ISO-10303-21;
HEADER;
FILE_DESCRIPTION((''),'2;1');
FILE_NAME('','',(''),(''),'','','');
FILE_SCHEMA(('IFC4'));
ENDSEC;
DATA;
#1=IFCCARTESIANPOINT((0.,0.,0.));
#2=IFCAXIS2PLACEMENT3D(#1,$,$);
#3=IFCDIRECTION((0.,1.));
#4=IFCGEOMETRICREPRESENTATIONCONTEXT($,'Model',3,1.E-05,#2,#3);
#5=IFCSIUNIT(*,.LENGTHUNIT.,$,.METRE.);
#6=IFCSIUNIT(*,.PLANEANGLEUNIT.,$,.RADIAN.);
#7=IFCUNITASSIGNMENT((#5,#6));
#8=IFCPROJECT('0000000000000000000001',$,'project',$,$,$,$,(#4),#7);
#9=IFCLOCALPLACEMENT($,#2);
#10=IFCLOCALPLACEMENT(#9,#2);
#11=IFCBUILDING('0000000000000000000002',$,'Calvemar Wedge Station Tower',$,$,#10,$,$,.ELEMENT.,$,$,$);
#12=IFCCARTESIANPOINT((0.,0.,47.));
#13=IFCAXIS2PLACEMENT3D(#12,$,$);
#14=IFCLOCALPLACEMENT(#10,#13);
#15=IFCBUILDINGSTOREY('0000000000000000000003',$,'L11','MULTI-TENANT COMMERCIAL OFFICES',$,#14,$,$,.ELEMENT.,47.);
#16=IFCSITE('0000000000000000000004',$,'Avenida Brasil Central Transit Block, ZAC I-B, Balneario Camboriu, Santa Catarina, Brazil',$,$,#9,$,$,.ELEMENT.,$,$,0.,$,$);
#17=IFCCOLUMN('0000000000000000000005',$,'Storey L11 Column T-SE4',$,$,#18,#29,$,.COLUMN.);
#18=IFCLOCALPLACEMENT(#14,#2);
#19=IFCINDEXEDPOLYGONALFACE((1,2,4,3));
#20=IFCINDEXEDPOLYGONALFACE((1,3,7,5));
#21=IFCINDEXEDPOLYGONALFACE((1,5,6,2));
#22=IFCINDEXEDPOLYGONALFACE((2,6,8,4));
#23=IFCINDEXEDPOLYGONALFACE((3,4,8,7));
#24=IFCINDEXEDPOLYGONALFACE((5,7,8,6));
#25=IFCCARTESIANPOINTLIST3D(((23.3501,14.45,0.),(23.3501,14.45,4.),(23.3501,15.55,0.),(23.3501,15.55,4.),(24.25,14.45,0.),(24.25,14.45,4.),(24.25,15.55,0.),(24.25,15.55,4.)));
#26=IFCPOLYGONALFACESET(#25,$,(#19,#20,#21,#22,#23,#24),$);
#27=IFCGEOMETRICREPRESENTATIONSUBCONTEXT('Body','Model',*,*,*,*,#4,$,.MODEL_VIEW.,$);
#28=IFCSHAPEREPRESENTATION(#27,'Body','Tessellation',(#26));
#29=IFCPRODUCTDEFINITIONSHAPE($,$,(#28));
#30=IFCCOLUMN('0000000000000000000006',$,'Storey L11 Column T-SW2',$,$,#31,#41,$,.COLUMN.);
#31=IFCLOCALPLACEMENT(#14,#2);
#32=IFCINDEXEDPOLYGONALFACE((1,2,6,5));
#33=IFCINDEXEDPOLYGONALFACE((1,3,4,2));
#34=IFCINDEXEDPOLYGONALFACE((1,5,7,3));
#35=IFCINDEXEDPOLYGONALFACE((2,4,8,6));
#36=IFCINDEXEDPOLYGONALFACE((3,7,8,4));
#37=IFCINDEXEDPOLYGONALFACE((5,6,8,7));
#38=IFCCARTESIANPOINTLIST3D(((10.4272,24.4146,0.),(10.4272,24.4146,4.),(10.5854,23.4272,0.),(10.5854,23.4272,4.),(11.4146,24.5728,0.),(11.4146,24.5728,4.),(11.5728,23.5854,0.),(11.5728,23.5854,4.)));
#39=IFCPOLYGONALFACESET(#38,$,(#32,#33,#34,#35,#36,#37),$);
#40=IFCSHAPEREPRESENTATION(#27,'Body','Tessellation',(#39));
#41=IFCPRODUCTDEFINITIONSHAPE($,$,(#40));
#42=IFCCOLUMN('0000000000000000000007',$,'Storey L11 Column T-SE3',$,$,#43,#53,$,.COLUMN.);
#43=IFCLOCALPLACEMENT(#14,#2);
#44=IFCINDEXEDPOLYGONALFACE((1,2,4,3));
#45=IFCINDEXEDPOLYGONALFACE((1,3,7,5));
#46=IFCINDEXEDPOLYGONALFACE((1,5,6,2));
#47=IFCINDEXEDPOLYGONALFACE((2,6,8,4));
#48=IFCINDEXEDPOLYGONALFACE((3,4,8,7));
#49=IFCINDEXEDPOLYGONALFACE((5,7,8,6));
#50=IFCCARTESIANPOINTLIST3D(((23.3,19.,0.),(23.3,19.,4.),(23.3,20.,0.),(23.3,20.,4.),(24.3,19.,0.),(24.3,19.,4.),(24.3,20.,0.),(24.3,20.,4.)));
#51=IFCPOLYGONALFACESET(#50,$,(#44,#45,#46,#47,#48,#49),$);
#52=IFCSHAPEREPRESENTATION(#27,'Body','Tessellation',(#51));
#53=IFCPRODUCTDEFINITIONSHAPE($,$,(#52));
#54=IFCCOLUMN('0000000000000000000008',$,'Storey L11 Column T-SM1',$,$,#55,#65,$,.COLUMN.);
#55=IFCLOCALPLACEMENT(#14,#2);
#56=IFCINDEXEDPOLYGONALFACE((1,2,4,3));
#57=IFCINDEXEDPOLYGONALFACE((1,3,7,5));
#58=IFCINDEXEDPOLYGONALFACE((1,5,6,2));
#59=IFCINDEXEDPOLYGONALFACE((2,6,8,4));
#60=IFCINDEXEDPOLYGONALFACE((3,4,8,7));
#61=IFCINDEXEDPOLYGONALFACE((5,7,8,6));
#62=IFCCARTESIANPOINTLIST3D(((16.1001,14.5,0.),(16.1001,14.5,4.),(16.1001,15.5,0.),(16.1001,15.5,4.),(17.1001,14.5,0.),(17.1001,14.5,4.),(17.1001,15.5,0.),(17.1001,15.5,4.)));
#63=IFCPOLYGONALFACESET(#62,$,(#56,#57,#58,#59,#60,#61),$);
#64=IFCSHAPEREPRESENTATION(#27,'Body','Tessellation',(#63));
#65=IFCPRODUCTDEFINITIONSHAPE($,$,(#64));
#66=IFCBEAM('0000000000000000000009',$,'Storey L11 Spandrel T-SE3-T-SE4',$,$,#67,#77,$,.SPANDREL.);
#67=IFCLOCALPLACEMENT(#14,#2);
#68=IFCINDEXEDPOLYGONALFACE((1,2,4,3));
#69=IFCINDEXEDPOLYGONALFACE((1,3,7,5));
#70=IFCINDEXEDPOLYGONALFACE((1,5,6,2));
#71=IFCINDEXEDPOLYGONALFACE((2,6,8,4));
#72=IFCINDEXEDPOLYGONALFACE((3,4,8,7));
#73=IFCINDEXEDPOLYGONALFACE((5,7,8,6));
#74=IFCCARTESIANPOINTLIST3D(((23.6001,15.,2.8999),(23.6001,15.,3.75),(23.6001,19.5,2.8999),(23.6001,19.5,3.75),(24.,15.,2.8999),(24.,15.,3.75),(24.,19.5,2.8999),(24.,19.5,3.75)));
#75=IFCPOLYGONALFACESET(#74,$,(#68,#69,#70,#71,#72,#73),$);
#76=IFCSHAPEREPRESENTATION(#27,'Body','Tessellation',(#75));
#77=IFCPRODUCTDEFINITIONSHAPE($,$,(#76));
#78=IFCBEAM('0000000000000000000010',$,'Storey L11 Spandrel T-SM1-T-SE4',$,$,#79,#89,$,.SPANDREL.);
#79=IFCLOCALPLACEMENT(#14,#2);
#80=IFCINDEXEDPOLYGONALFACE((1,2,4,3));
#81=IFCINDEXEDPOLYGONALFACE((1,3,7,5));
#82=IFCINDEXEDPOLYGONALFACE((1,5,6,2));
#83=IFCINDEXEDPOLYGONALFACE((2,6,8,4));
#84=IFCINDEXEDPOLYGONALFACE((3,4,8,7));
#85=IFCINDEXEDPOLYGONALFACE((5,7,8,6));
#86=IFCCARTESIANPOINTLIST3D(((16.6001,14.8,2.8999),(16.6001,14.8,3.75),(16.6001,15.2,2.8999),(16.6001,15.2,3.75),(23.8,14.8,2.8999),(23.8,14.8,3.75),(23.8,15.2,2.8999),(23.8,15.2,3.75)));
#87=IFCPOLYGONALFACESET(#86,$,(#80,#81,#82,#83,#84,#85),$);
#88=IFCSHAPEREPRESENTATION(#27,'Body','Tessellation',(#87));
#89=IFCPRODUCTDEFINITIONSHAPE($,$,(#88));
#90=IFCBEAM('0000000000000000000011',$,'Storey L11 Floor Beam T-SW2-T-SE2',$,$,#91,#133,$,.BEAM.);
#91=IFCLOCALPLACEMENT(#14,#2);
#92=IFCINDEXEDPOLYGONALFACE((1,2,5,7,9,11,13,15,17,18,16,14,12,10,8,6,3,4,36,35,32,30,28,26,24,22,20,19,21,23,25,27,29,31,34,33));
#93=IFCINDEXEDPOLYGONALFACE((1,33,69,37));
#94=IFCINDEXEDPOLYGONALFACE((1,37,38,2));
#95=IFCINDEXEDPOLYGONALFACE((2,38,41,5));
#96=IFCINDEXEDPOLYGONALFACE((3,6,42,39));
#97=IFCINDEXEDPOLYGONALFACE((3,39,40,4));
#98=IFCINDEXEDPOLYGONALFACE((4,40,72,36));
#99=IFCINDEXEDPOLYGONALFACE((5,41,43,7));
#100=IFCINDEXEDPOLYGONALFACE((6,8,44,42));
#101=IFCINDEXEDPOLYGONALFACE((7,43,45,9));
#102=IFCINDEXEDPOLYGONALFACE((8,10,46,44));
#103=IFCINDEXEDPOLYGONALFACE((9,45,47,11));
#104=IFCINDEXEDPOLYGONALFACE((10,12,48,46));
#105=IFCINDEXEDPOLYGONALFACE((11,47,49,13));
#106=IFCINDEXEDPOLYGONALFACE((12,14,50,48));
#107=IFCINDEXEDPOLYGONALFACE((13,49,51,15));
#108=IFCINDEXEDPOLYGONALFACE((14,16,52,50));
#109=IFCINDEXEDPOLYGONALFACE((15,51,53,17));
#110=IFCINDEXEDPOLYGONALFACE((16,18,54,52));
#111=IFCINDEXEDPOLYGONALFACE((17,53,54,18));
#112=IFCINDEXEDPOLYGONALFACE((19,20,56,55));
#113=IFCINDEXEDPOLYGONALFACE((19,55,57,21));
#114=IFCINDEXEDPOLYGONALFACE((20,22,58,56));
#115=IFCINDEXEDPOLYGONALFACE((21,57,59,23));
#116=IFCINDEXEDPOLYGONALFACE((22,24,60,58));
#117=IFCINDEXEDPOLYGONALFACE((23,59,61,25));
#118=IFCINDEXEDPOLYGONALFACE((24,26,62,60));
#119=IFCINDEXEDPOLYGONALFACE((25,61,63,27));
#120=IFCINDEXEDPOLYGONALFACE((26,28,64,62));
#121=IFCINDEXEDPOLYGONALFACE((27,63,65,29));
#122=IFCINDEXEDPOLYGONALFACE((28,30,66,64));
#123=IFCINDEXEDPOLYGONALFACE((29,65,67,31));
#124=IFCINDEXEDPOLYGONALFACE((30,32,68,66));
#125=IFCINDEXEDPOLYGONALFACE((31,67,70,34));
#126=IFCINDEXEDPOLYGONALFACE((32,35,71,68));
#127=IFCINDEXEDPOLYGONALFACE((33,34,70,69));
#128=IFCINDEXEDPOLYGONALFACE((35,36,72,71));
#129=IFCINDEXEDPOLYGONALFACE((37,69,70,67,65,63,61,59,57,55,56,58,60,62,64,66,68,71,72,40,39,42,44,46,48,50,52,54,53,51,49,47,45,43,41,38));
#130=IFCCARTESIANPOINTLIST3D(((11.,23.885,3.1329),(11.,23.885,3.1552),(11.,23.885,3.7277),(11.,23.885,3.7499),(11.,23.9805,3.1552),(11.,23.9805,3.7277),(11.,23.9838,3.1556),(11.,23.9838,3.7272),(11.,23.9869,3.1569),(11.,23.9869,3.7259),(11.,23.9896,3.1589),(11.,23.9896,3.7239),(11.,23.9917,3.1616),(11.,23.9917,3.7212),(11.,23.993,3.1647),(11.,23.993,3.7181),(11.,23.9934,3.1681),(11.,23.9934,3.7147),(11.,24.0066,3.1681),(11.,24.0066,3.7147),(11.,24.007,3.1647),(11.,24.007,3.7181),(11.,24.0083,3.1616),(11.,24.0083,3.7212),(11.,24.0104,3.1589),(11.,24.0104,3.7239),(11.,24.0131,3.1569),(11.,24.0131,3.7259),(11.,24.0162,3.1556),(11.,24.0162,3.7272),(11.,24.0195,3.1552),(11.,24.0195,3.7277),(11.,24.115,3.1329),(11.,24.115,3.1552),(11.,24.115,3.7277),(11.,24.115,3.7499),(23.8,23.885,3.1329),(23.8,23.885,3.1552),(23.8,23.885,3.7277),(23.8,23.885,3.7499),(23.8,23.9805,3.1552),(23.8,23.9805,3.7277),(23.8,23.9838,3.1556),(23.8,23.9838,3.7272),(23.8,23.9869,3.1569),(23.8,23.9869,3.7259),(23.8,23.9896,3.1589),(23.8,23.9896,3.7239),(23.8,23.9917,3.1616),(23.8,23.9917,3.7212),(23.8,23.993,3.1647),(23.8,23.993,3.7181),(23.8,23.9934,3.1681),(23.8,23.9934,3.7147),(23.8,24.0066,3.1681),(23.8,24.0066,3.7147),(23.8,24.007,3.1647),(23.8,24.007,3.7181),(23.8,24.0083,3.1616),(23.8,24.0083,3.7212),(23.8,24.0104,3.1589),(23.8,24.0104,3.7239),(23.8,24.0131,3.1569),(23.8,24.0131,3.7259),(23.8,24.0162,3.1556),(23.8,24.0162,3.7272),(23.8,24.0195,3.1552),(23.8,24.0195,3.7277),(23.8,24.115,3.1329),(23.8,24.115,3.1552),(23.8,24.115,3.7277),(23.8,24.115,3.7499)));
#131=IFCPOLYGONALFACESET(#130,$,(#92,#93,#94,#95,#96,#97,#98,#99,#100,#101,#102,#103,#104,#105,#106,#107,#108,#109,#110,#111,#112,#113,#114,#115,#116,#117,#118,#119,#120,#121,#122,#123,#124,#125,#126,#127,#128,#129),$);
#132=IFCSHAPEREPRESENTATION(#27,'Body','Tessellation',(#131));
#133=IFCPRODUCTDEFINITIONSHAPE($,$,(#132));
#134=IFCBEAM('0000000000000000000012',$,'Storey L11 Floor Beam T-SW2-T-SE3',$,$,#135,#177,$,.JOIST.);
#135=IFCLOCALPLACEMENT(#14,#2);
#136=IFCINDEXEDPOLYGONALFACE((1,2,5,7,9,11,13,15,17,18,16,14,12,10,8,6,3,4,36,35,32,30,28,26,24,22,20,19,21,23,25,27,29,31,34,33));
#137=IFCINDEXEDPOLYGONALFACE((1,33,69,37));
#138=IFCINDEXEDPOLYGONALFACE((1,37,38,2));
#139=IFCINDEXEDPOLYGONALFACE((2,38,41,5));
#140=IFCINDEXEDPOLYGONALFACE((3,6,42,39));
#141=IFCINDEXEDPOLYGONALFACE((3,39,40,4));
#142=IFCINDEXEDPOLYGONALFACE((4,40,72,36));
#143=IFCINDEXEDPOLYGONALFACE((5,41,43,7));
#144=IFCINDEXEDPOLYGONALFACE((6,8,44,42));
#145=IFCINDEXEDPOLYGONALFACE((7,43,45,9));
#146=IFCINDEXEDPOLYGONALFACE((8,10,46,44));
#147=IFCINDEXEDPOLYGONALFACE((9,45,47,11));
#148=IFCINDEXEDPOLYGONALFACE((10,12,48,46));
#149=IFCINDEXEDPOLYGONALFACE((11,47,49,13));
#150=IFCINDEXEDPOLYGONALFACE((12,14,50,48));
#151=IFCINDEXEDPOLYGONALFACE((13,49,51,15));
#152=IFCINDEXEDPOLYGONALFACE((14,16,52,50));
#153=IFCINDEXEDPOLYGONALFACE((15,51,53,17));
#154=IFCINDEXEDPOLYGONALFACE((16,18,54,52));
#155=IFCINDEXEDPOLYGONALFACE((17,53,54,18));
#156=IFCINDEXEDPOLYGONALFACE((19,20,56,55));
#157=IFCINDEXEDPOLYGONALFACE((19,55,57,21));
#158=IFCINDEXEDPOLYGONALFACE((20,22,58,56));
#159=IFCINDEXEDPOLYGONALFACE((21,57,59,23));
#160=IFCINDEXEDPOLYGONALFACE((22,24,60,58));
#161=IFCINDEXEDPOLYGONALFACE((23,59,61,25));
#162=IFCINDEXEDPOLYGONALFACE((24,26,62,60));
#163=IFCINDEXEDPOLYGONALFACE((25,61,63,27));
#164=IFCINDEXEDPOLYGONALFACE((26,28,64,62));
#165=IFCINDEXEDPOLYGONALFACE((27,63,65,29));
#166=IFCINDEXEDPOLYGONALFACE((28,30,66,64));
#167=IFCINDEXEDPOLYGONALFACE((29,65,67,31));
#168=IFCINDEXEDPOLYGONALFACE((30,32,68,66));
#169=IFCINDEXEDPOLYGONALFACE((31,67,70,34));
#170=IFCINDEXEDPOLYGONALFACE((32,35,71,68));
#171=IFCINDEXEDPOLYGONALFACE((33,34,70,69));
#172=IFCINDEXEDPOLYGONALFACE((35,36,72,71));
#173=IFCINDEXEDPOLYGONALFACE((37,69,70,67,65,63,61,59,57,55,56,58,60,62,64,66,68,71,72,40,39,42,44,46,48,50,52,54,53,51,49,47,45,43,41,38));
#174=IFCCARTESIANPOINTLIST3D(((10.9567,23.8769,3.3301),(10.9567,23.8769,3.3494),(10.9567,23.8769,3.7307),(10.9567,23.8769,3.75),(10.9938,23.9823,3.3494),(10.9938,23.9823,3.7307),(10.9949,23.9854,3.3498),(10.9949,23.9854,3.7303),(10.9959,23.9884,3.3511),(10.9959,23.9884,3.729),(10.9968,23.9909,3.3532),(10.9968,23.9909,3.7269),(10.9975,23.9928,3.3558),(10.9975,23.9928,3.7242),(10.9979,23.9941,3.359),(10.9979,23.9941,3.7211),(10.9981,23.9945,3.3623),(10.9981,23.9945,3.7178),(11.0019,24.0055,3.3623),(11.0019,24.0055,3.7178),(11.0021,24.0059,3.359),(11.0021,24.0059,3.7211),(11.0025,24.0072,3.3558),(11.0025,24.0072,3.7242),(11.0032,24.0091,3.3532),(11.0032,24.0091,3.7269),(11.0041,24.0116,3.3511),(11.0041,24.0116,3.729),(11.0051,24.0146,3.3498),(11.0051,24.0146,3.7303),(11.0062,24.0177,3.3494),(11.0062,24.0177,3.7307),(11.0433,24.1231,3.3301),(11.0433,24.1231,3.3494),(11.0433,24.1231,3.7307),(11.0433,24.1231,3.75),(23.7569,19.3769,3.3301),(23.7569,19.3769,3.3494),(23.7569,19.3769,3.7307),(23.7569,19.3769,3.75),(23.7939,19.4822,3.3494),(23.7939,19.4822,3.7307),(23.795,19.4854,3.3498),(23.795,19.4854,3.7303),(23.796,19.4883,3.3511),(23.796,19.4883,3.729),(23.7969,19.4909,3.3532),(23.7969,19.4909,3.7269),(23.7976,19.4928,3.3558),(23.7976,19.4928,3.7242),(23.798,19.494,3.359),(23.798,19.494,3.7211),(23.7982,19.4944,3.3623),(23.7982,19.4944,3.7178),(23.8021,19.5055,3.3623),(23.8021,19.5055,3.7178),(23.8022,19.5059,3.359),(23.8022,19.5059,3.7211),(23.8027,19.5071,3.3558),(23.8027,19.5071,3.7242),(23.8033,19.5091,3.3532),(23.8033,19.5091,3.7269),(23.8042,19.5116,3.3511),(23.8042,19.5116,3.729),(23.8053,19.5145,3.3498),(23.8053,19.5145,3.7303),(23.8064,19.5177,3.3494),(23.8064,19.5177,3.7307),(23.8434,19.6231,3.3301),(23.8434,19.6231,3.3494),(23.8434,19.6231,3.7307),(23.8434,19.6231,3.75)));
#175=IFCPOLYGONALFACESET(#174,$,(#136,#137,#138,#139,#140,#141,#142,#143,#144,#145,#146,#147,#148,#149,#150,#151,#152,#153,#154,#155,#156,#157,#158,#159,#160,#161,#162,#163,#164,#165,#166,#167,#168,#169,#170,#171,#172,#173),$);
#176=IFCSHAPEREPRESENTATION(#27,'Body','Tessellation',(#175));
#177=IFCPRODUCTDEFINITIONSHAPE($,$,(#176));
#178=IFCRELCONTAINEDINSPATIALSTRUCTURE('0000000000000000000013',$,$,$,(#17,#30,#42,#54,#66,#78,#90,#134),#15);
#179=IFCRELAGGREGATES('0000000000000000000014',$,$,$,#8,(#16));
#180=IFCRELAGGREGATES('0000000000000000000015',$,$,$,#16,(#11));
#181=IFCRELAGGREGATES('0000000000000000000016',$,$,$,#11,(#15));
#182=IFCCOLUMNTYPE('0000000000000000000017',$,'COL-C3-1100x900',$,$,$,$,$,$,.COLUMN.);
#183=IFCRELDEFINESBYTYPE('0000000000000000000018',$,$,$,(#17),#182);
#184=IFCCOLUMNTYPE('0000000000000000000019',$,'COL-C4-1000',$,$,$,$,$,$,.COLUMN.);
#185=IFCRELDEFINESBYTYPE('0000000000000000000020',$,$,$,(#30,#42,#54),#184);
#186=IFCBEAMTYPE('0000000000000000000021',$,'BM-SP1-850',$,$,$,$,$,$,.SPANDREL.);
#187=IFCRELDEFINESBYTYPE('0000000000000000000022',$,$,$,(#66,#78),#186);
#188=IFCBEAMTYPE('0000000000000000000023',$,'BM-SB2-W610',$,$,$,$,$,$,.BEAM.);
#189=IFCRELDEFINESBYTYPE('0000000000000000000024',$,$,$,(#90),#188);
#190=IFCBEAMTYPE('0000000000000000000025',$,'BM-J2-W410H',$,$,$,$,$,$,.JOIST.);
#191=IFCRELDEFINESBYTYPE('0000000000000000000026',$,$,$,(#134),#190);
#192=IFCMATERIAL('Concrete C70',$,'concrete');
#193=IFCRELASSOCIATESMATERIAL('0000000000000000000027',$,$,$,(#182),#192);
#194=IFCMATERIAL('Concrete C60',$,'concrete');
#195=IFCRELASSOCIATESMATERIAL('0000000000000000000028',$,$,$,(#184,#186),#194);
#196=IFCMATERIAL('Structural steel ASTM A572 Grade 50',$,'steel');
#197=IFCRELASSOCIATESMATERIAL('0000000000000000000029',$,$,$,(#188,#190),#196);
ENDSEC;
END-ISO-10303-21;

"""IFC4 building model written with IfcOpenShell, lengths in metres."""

from ifc_helpers import new_model, si_unit, direction, frame, origin, origin_2d, place, context, subcontext, project, spatial, rectangle, i_section, extrude, source, transform, mapped, material, material_profile, profile_set, type_object, element, save


model = new_model("IFC4")

# Units and contexts
model_context = context("Model", 3, precision=1e-05, world=origin(), true_north=direction((0.0, 1.0)))
body_context = subcontext(model_context, "Body", "Model", "MODEL_VIEW")
ifc_project = project(units=[si_unit("LENGTHUNIT", "METRE"), si_unit("PLANEANGLEUNIT", "RADIAN")], contexts=[model_context])

# Site, building, storey
site_placement = place(None, origin())
site = spatial("IfcSite", under=ifc_project, at=site_placement, Name="Avenida Brasil Central Transit Block, ZAC I-B, Balneario Camboriu, Santa Catarina, Brazil", CompositionType="ELEMENT", RefElevation=0.0)
building_placement = place(site_placement, origin())
building = spatial("IfcBuilding", under=site, at=building_placement, Name="Calvemar Wedge Station Tower", CompositionType="ELEMENT")
storey_placement = place(building_placement, frame((0.0, 0.0, 47.0)))
storey = spatial("IfcBuildingStorey", under=building, at=storey_placement, Name="L11", Description="MULTI-TENANT COMMERCIAL OFFICES", CompositionType="ELEMENT", Elevation=47.0)

# Columns
ifc_material_1 = material(Name="Concrete C70", Category="concrete")
ifc_material_profile_1 = material_profile(ifc_material_1, rectangle(XDim=0.8999, YDim=1.1001, at=origin_2d()), Name="RC1100x900")
ifc_profile_set_1 = profile_set([ifc_material_profile_1], Name="Concrete C70")
column_type_1 = type_object("IfcColumnType", Name="COL-C3-1100x900", PredefinedType="COLUMN", material=ifc_profile_set_1)
shared_shape_1 = source(origin(), body_context, "Body", "SweptSolid", [
    extrude(rectangle(XDim=0.8999, YDim=1.1001, at=origin_2d()), origin(), (0.0, 0.0, 1.0), 4.0),
])
column_placement = place(storey_placement, frame((23.8, 15.0, 0.0), z_axis=(0.0, 0.0, 1.0), x_axis=(1.0, 0.0, 0.0)))
element("IfcColumn", 1, at=column_placement, inside=storey, type_object=column_type_1, Name="Storey L11 Column T-SE4", PredefinedType="COLUMN", context=body_context, shape_type="MappedRepresentation", body=[
    mapped(shared_shape_1, transform((0.0, 0.0, 0.0), scale=1.0)),
])
ifc_material_2 = material(Name="Concrete C60", Category="concrete")
ifc_material_profile_2 = material_profile(ifc_material_2, rectangle(XDim=1.0, YDim=1.0, at=origin_2d()), Name="RC1000x1000")
ifc_profile_set_2 = profile_set([ifc_material_profile_2], Name="Concrete C60")
column_type_2 = type_object("IfcColumnType", Name="COL-C4-1000", PredefinedType="COLUMN", material=ifc_profile_set_2)
shared_shape_2 = source(origin(), body_context, "Body", "SweptSolid", [
    extrude(rectangle(XDim=1.0, YDim=1.0, at=origin_2d()), origin(), (0.0, 0.0, 1.0), 4.0),
])
for number, where, z_axis, x_axis, name in (
    (2, (11.0, 24.0, 0.0), (0.0, 0.0, 1.0), (0.158158, -0.987414, 0.0), "Storey L11 Column T-SW2"),
    (3, (23.8, 19.5, 0.0), (0.0, 0.0, 1.0), (1.0, 0.0, 0.0), "Storey L11 Column T-SE3"),
    (4, (16.6001, 15.0, 0.0), (0.0, 0.0, 1.0), (1.0, 0.0, 0.0), "Storey L11 Column T-SM1"),
):
    element("IfcColumn", number, at=place(storey_placement, frame(where, z_axis=z_axis, x_axis=x_axis)), inside=storey, type_object=column_type_2, Name=name, PredefinedType="COLUMN", context=body_context, shape_type="MappedRepresentation", body=[
        mapped(shared_shape_2, transform((0.0, 0.0, 0.0), scale=1.0)),
    ])

# Beams
ifc_material_profile_3 = material_profile(ifc_material_2, rectangle(XDim=0.3999, YDim=0.8501, at=origin_2d()), Name="RC400x850")
ifc_profile_set_3 = profile_set([ifc_material_profile_3], Name="Concrete C60")
beam_type_1 = type_object("IfcBeamType", Name="BM-SP1-850", PredefinedType="SPANDREL", material=ifc_profile_set_3)
shared_shape_3 = source(origin(), body_context, "Body", "SweptSolid", [
    extrude(rectangle(XDim=0.3999, YDim=0.8501, at=origin_2d()), origin(), (0.0, 0.0, 1.0), 4.5),
])
beam_1_placement = place(storey_placement, frame((23.8, 19.5, 3.325), z_axis=(0.0, -1.0, 0.0), x_axis=(1.0, 0.0, 0.0)))
element("IfcBeam", 5, at=beam_1_placement, inside=storey, type_object=beam_type_1, Name="Storey L11 Spandrel T-SE3-T-SE4", PredefinedType="SPANDREL", context=body_context, shape_type="MappedRepresentation", body=[
    mapped(shared_shape_3, transform((0.0, 0.0, 0.0), scale=1.0)),
])
shared_shape_4 = source(origin(), body_context, "Body", "SweptSolid", [
    extrude(rectangle(XDim=0.3999, YDim=0.8501, at=origin_2d()), origin(), (0.0, 0.0, 1.0), 7.2),
])
beam_2_placement = place(storey_placement, frame((16.6001, 15.0, 3.325), z_axis=(1.0, 0.0, 0.0), x_axis=(0.0, 1.0, 0.0)))
element("IfcBeam", 6, at=beam_2_placement, inside=storey, type_object=beam_type_1, Name="Storey L11 Spandrel T-SM1-T-SE4", PredefinedType="SPANDREL", context=body_context, shape_type="MappedRepresentation", body=[
    mapped(shared_shape_4, transform((0.0, 0.0, 0.0), scale=1.0)),
])
ifc_material_3 = material(Name="Structural steel ASTM A572 Grade 50", Category="steel")
ifc_material_profile_4 = material_profile(ifc_material_3, i_section(OverallWidth=0.23, OverallDepth=0.6169, WebThickness=0.0132, FlangeThickness=0.0222, FilletRadius=0.0129, at=origin_2d()), Name="W610x140")
ifc_profile_set_4 = profile_set([ifc_material_profile_4], Name="Structural steel ASTM A572 Grade 50")
beam_type_2 = type_object("IfcBeamType", Name="BM-SB2-W610", PredefinedType="BEAM", material=ifc_profile_set_4)
shared_shape_5 = source(origin(), body_context, "Body", "SweptSolid", [
    extrude(i_section(OverallWidth=0.23, OverallDepth=0.6169, WebThickness=0.0132, FlangeThickness=0.0222, FilletRadius=0.0129, at=origin_2d()), origin(), (0.0, 0.0, 1.0), 12.8),
])
beam_3_placement = place(storey_placement, frame((11.0, 24.0, 3.4414), z_axis=(1.0, 0.0, 0.0), x_axis=(0.0, 1.0, 0.0)))
element("IfcBeam", 7, at=beam_3_placement, inside=storey, type_object=beam_type_2, Name="Storey L11 Floor Beam T-SW2-T-SE2", PredefinedType="BEAM", context=body_context, shape_type="MappedRepresentation", body=[
    mapped(shared_shape_5, transform((0.0, 0.0, 0.0), scale=1.0)),
])
ifc_material_profile_5 = material_profile(ifc_material_3, i_section(OverallWidth=0.261, OverallDepth=0.4199, WebThickness=0.0117, FlangeThickness=0.0193, FilletRadius=0.0129, at=origin_2d()), Name="W410x114")
ifc_profile_set_5 = profile_set([ifc_material_profile_5], Name="Structural steel ASTM A572 Grade 50")
beam_type_3 = type_object("IfcBeamType", Name="BM-J2-W410H", PredefinedType="JOIST", material=ifc_profile_set_5)
shared_shape_6 = source(origin(), body_context, "Body", "SweptSolid", [
    extrude(i_section(OverallWidth=0.261, OverallDepth=0.4199, WebThickness=0.0117, FlangeThickness=0.0193, FilletRadius=0.0129, at=origin_2d()), origin(), (0.0, 0.0, 1.0), 13.5681),
])
beam_4_placement = place(storey_placement, frame((11.0, 24.0, 3.54), z_axis=(0.943398, -0.331662, 0.0), x_axis=(0.331662, 0.943398, 0.0)))
element("IfcBeam", 8, at=beam_4_placement, inside=storey, type_object=beam_type_3, Name="Storey L11 Floor Beam T-SW2-T-SE3", PredefinedType="JOIST", context=body_context, shape_type="MappedRepresentation", body=[
    mapped(shared_shape_6, transform((0.0, 0.0, 0.0), scale=1.0)),
])

save(model, "model.ifc")
